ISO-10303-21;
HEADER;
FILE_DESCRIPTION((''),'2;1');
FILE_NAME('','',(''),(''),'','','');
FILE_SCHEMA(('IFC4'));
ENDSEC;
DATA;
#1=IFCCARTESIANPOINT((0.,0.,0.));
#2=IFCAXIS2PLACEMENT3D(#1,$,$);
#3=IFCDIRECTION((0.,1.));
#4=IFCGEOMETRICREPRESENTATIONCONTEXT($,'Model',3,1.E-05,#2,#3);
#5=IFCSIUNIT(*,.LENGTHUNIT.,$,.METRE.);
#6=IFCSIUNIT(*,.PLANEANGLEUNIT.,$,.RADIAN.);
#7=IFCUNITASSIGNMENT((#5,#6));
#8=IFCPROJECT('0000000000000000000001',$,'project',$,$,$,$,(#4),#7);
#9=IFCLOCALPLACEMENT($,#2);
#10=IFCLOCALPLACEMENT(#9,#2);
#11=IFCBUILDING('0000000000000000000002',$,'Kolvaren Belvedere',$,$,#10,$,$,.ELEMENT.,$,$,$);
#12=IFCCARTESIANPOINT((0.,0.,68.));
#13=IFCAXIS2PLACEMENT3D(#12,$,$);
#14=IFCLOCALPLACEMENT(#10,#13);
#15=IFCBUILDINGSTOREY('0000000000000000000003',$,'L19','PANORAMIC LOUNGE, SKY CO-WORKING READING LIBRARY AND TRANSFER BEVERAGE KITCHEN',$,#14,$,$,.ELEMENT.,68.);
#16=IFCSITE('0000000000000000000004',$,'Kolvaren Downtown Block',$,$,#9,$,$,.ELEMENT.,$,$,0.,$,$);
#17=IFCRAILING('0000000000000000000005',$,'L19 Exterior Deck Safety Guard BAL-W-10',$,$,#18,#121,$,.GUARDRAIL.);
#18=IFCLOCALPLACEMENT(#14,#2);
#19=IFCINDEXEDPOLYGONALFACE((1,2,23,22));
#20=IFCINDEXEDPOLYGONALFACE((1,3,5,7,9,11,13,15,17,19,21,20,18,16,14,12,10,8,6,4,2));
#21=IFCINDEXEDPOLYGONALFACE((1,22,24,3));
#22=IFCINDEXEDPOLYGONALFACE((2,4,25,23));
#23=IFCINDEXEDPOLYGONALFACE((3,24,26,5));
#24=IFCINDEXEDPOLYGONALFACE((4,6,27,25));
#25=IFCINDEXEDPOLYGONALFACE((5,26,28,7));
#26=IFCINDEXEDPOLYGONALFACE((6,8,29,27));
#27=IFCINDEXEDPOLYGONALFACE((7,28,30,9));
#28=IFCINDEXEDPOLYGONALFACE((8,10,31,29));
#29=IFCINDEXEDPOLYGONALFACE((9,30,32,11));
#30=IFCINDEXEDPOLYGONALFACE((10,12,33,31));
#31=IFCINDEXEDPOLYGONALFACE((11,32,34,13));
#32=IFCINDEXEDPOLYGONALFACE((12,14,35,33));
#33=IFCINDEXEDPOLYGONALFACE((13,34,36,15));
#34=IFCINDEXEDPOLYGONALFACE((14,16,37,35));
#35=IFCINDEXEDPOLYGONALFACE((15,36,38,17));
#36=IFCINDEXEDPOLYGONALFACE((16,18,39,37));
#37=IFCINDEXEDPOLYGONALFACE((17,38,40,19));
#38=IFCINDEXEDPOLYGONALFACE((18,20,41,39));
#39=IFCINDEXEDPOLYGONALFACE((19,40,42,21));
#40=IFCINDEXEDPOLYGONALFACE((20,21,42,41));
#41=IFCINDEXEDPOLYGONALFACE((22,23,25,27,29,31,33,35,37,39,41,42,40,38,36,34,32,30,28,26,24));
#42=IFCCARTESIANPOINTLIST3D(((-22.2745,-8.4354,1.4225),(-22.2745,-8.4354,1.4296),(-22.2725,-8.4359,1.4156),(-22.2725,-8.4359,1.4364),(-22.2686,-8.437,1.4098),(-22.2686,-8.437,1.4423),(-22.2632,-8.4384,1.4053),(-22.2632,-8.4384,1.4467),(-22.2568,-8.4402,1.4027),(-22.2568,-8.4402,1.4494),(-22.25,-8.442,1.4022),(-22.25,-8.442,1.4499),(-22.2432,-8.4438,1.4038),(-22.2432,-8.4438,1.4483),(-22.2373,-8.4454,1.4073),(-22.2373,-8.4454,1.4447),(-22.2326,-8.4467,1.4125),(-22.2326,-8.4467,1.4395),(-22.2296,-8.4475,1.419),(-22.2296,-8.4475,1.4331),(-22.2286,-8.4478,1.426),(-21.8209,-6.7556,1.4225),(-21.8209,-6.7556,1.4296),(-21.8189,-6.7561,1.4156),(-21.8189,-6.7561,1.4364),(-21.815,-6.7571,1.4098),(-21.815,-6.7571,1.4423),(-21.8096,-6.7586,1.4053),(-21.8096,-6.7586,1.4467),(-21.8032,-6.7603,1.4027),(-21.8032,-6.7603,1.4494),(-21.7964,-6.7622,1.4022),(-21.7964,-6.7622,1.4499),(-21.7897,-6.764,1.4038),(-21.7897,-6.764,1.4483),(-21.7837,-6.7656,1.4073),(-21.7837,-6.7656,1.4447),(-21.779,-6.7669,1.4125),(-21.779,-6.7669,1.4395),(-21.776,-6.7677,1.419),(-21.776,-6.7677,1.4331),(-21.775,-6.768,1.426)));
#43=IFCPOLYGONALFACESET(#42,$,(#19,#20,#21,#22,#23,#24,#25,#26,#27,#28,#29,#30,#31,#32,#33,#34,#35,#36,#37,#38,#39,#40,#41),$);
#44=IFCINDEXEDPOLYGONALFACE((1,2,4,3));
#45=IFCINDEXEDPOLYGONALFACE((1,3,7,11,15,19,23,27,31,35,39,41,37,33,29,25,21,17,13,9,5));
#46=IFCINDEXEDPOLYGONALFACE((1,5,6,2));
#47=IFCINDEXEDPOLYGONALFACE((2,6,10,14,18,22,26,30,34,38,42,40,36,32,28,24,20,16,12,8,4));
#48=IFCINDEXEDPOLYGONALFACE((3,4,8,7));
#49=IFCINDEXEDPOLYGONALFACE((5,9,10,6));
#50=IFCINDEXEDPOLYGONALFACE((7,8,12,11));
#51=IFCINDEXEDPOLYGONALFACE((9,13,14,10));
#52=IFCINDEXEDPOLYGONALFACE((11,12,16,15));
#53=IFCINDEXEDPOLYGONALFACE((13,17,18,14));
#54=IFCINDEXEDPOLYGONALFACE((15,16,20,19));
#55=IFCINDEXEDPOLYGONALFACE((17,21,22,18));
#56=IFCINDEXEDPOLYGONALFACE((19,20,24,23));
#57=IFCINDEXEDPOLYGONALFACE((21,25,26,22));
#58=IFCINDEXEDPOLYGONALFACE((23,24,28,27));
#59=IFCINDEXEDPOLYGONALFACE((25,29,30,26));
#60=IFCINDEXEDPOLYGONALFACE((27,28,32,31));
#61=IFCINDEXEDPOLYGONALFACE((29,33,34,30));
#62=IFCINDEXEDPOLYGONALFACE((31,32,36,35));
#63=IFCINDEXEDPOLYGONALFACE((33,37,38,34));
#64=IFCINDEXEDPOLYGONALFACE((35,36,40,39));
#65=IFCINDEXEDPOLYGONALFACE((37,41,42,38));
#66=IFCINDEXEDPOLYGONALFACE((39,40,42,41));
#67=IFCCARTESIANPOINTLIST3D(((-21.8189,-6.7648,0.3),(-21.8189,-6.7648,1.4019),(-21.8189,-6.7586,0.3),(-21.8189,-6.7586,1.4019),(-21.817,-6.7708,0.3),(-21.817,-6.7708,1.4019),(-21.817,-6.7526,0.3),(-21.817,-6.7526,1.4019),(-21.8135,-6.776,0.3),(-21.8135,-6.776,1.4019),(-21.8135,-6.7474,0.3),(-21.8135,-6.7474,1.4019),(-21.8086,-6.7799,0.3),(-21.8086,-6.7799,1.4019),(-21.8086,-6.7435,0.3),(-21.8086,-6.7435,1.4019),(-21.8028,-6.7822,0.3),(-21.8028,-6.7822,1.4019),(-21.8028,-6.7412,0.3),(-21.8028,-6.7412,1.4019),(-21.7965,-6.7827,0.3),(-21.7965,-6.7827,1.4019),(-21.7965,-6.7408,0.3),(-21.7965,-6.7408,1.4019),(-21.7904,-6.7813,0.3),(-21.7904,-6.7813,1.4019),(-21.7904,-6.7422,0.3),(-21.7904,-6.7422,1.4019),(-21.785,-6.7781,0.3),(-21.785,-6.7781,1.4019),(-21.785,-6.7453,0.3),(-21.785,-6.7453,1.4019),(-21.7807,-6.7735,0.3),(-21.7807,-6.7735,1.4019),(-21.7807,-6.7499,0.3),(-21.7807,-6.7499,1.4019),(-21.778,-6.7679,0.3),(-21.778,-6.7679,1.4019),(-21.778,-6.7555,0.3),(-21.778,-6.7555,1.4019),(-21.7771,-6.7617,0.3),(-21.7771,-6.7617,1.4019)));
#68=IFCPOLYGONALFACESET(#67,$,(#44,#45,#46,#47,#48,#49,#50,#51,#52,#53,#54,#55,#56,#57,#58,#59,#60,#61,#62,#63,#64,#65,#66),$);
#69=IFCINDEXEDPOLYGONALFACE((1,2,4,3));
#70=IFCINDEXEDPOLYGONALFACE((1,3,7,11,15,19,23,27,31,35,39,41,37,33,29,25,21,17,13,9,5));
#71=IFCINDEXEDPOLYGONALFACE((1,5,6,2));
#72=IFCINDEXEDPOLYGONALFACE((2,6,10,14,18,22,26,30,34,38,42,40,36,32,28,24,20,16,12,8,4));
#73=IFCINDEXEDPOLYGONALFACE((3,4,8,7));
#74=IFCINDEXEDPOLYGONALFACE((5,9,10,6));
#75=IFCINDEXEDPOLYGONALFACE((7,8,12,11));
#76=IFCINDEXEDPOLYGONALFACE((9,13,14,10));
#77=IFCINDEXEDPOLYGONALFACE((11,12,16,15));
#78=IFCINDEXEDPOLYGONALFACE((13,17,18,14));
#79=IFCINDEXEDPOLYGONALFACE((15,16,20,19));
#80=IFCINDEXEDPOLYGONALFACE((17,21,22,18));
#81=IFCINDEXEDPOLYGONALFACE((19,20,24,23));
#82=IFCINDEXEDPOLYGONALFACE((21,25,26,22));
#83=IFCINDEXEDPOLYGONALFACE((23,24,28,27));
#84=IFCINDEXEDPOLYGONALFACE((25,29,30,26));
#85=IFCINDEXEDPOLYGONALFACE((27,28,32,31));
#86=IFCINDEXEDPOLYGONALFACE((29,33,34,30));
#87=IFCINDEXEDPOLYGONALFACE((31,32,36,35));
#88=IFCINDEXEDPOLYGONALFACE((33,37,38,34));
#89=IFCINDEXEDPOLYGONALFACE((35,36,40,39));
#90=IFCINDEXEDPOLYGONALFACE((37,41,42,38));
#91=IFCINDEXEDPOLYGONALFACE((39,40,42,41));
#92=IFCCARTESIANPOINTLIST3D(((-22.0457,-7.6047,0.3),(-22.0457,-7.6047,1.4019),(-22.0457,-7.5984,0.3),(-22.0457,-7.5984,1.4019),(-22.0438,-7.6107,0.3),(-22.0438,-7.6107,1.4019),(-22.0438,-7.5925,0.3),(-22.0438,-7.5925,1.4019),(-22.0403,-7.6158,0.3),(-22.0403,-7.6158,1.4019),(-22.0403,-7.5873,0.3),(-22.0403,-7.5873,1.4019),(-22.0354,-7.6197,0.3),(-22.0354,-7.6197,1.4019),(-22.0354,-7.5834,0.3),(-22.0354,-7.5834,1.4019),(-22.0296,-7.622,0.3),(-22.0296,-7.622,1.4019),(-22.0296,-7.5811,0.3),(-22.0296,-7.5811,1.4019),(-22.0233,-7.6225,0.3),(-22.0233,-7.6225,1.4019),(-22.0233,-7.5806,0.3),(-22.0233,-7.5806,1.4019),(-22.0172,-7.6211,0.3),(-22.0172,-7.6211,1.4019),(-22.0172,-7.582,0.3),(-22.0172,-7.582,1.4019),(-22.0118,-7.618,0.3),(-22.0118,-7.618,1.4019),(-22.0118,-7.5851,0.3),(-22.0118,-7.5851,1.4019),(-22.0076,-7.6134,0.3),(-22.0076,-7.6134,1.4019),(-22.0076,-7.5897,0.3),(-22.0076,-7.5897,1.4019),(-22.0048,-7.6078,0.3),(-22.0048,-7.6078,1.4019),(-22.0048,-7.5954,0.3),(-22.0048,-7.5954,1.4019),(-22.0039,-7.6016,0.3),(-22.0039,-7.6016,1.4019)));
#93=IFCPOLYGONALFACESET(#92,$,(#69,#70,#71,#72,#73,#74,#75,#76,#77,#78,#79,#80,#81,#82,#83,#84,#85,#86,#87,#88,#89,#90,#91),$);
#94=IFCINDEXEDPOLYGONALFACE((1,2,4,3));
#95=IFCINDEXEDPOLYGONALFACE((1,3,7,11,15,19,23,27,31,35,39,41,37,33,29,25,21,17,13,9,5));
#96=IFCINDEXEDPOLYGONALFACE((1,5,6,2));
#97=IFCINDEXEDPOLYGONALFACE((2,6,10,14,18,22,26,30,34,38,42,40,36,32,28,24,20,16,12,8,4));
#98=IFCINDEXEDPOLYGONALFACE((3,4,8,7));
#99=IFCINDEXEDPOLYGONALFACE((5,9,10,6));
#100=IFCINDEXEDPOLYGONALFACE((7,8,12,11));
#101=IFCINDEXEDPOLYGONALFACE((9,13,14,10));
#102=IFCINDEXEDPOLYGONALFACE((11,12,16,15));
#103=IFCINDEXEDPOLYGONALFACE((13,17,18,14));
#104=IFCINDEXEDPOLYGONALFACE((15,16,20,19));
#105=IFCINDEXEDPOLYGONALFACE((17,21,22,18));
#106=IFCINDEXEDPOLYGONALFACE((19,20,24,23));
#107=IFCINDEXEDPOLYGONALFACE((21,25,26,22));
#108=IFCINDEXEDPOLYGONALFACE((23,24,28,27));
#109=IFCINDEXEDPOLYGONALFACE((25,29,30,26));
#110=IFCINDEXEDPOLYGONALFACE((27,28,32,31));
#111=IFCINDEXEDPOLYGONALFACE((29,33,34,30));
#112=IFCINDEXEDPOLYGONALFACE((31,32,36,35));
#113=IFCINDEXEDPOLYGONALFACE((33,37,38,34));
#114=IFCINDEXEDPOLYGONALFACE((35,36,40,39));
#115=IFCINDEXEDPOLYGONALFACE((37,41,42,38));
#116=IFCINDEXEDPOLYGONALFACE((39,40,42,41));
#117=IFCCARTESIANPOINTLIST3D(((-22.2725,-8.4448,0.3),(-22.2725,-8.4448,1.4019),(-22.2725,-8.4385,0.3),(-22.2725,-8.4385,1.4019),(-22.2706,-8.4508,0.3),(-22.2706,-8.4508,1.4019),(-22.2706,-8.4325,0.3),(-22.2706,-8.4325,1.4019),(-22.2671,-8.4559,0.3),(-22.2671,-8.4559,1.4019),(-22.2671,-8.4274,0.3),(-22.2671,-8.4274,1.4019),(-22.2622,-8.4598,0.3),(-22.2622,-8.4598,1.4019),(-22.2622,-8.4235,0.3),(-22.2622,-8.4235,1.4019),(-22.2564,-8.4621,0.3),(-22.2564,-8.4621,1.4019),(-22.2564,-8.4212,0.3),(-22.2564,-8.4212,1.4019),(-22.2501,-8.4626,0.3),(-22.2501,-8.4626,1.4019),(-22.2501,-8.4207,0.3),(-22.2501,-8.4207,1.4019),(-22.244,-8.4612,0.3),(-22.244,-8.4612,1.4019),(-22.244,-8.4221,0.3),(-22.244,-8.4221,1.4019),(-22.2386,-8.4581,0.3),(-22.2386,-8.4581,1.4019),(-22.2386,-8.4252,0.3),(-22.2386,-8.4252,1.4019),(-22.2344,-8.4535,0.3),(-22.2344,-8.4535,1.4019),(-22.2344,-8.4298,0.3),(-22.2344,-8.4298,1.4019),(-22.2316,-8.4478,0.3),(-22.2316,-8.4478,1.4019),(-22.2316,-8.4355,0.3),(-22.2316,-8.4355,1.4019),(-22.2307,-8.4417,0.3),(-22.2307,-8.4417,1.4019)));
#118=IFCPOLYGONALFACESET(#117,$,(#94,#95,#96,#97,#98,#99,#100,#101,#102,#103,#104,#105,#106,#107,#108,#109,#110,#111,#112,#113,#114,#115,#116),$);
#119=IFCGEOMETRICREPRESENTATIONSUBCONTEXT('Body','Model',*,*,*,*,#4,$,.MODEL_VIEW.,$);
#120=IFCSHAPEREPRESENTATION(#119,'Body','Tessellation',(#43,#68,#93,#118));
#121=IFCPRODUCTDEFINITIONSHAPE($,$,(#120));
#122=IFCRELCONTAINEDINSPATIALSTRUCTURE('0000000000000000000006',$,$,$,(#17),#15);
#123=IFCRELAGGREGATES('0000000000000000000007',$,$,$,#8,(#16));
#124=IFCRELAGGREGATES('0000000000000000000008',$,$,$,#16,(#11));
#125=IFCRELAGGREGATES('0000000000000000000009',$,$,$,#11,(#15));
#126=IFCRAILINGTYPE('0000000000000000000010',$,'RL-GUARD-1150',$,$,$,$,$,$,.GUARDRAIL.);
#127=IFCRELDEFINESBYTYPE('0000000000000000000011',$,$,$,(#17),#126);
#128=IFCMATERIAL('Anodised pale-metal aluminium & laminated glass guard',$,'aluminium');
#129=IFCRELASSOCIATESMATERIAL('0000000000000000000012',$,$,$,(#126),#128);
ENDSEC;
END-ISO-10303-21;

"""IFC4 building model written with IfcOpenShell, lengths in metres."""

from ifc_helpers import new_model, si_unit, direction, frame, origin, origin_2d, place, context, subcontext, project, spatial, circle, extrude, material, type_object, element, save


model = new_model("IFC4")

# Units and contexts
model_context = context("Model", 3, precision=1e-05, world=origin(), true_north=direction((0.0, 1.0)))
body_context = subcontext(model_context, "Body", "Model", "MODEL_VIEW")
ifc_project = project(units=[si_unit("LENGTHUNIT", "METRE"), si_unit("PLANEANGLEUNIT", "RADIAN")], contexts=[model_context])

# Site, building, storey
site_placement = place(None, origin())
site = spatial("IfcSite", under=ifc_project, at=site_placement, Name="Kolvaren Downtown Block", CompositionType="ELEMENT", RefElevation=0.0)
building_placement = place(site_placement, origin())
building = spatial("IfcBuilding", under=site, at=building_placement, Name="Kolvaren Belvedere", CompositionType="ELEMENT")
storey_placement = place(building_placement, frame((0.0, 0.0, 68.0)))
storey = spatial("IfcBuildingStorey", under=building, at=storey_placement, Name="L19", Description="PANORAMIC LOUNGE, SKY CO-WORKING READING LIBRARY AND TRANSFER BEVERAGE KITCHEN", CompositionType="ELEMENT", Elevation=68.0)

# Railing
ifc_material_1 = material(Name="Anodised pale-metal aluminium & laminated glass guard", Category="aluminium")
railing_type = type_object("IfcRailingType", Name="RL-GUARD-1150", PredefinedType="GUARDRAIL", material=ifc_material_1)
railing_1_placement = place(storey_placement, frame((-21.7981, -6.7617, 0.3)))
element("IfcRailing", 1, at=railing_1_placement, inside=storey, type_object=railing_type, Name="L19 Exterior Deck Safety Guard BAL-W-10", PredefinedType="GUARDRAIL", context=body_context, shape_type="SweptSolid", body=[
    extrude(circle(Radius=0.0239, at=origin_2d()), frame((0.0, 0.0, 1.126), z_axis=(-0.260683, -0.965424, 0.0), x_axis=(0.965424, -0.260683, 0.0)), (0.0, 0.0, 1.0), 1.74),
    extrude(circle(Radius=0.021, at=origin_2d()), origin(), (0.0, 0.0, 1.0), 1.1018),
    extrude(circle(Radius=0.021, at=origin_2d()), frame((-0.2268, -0.8398, 0.0)), (0.0, 0.0, 1.0), 1.1018),
    extrude(circle(Radius=0.021, at=origin_2d()), frame((-0.4536, -1.6799, 0.0)), (0.0, 0.0, 1.0), 1.1018),
])

save(model, "model.ifc")
